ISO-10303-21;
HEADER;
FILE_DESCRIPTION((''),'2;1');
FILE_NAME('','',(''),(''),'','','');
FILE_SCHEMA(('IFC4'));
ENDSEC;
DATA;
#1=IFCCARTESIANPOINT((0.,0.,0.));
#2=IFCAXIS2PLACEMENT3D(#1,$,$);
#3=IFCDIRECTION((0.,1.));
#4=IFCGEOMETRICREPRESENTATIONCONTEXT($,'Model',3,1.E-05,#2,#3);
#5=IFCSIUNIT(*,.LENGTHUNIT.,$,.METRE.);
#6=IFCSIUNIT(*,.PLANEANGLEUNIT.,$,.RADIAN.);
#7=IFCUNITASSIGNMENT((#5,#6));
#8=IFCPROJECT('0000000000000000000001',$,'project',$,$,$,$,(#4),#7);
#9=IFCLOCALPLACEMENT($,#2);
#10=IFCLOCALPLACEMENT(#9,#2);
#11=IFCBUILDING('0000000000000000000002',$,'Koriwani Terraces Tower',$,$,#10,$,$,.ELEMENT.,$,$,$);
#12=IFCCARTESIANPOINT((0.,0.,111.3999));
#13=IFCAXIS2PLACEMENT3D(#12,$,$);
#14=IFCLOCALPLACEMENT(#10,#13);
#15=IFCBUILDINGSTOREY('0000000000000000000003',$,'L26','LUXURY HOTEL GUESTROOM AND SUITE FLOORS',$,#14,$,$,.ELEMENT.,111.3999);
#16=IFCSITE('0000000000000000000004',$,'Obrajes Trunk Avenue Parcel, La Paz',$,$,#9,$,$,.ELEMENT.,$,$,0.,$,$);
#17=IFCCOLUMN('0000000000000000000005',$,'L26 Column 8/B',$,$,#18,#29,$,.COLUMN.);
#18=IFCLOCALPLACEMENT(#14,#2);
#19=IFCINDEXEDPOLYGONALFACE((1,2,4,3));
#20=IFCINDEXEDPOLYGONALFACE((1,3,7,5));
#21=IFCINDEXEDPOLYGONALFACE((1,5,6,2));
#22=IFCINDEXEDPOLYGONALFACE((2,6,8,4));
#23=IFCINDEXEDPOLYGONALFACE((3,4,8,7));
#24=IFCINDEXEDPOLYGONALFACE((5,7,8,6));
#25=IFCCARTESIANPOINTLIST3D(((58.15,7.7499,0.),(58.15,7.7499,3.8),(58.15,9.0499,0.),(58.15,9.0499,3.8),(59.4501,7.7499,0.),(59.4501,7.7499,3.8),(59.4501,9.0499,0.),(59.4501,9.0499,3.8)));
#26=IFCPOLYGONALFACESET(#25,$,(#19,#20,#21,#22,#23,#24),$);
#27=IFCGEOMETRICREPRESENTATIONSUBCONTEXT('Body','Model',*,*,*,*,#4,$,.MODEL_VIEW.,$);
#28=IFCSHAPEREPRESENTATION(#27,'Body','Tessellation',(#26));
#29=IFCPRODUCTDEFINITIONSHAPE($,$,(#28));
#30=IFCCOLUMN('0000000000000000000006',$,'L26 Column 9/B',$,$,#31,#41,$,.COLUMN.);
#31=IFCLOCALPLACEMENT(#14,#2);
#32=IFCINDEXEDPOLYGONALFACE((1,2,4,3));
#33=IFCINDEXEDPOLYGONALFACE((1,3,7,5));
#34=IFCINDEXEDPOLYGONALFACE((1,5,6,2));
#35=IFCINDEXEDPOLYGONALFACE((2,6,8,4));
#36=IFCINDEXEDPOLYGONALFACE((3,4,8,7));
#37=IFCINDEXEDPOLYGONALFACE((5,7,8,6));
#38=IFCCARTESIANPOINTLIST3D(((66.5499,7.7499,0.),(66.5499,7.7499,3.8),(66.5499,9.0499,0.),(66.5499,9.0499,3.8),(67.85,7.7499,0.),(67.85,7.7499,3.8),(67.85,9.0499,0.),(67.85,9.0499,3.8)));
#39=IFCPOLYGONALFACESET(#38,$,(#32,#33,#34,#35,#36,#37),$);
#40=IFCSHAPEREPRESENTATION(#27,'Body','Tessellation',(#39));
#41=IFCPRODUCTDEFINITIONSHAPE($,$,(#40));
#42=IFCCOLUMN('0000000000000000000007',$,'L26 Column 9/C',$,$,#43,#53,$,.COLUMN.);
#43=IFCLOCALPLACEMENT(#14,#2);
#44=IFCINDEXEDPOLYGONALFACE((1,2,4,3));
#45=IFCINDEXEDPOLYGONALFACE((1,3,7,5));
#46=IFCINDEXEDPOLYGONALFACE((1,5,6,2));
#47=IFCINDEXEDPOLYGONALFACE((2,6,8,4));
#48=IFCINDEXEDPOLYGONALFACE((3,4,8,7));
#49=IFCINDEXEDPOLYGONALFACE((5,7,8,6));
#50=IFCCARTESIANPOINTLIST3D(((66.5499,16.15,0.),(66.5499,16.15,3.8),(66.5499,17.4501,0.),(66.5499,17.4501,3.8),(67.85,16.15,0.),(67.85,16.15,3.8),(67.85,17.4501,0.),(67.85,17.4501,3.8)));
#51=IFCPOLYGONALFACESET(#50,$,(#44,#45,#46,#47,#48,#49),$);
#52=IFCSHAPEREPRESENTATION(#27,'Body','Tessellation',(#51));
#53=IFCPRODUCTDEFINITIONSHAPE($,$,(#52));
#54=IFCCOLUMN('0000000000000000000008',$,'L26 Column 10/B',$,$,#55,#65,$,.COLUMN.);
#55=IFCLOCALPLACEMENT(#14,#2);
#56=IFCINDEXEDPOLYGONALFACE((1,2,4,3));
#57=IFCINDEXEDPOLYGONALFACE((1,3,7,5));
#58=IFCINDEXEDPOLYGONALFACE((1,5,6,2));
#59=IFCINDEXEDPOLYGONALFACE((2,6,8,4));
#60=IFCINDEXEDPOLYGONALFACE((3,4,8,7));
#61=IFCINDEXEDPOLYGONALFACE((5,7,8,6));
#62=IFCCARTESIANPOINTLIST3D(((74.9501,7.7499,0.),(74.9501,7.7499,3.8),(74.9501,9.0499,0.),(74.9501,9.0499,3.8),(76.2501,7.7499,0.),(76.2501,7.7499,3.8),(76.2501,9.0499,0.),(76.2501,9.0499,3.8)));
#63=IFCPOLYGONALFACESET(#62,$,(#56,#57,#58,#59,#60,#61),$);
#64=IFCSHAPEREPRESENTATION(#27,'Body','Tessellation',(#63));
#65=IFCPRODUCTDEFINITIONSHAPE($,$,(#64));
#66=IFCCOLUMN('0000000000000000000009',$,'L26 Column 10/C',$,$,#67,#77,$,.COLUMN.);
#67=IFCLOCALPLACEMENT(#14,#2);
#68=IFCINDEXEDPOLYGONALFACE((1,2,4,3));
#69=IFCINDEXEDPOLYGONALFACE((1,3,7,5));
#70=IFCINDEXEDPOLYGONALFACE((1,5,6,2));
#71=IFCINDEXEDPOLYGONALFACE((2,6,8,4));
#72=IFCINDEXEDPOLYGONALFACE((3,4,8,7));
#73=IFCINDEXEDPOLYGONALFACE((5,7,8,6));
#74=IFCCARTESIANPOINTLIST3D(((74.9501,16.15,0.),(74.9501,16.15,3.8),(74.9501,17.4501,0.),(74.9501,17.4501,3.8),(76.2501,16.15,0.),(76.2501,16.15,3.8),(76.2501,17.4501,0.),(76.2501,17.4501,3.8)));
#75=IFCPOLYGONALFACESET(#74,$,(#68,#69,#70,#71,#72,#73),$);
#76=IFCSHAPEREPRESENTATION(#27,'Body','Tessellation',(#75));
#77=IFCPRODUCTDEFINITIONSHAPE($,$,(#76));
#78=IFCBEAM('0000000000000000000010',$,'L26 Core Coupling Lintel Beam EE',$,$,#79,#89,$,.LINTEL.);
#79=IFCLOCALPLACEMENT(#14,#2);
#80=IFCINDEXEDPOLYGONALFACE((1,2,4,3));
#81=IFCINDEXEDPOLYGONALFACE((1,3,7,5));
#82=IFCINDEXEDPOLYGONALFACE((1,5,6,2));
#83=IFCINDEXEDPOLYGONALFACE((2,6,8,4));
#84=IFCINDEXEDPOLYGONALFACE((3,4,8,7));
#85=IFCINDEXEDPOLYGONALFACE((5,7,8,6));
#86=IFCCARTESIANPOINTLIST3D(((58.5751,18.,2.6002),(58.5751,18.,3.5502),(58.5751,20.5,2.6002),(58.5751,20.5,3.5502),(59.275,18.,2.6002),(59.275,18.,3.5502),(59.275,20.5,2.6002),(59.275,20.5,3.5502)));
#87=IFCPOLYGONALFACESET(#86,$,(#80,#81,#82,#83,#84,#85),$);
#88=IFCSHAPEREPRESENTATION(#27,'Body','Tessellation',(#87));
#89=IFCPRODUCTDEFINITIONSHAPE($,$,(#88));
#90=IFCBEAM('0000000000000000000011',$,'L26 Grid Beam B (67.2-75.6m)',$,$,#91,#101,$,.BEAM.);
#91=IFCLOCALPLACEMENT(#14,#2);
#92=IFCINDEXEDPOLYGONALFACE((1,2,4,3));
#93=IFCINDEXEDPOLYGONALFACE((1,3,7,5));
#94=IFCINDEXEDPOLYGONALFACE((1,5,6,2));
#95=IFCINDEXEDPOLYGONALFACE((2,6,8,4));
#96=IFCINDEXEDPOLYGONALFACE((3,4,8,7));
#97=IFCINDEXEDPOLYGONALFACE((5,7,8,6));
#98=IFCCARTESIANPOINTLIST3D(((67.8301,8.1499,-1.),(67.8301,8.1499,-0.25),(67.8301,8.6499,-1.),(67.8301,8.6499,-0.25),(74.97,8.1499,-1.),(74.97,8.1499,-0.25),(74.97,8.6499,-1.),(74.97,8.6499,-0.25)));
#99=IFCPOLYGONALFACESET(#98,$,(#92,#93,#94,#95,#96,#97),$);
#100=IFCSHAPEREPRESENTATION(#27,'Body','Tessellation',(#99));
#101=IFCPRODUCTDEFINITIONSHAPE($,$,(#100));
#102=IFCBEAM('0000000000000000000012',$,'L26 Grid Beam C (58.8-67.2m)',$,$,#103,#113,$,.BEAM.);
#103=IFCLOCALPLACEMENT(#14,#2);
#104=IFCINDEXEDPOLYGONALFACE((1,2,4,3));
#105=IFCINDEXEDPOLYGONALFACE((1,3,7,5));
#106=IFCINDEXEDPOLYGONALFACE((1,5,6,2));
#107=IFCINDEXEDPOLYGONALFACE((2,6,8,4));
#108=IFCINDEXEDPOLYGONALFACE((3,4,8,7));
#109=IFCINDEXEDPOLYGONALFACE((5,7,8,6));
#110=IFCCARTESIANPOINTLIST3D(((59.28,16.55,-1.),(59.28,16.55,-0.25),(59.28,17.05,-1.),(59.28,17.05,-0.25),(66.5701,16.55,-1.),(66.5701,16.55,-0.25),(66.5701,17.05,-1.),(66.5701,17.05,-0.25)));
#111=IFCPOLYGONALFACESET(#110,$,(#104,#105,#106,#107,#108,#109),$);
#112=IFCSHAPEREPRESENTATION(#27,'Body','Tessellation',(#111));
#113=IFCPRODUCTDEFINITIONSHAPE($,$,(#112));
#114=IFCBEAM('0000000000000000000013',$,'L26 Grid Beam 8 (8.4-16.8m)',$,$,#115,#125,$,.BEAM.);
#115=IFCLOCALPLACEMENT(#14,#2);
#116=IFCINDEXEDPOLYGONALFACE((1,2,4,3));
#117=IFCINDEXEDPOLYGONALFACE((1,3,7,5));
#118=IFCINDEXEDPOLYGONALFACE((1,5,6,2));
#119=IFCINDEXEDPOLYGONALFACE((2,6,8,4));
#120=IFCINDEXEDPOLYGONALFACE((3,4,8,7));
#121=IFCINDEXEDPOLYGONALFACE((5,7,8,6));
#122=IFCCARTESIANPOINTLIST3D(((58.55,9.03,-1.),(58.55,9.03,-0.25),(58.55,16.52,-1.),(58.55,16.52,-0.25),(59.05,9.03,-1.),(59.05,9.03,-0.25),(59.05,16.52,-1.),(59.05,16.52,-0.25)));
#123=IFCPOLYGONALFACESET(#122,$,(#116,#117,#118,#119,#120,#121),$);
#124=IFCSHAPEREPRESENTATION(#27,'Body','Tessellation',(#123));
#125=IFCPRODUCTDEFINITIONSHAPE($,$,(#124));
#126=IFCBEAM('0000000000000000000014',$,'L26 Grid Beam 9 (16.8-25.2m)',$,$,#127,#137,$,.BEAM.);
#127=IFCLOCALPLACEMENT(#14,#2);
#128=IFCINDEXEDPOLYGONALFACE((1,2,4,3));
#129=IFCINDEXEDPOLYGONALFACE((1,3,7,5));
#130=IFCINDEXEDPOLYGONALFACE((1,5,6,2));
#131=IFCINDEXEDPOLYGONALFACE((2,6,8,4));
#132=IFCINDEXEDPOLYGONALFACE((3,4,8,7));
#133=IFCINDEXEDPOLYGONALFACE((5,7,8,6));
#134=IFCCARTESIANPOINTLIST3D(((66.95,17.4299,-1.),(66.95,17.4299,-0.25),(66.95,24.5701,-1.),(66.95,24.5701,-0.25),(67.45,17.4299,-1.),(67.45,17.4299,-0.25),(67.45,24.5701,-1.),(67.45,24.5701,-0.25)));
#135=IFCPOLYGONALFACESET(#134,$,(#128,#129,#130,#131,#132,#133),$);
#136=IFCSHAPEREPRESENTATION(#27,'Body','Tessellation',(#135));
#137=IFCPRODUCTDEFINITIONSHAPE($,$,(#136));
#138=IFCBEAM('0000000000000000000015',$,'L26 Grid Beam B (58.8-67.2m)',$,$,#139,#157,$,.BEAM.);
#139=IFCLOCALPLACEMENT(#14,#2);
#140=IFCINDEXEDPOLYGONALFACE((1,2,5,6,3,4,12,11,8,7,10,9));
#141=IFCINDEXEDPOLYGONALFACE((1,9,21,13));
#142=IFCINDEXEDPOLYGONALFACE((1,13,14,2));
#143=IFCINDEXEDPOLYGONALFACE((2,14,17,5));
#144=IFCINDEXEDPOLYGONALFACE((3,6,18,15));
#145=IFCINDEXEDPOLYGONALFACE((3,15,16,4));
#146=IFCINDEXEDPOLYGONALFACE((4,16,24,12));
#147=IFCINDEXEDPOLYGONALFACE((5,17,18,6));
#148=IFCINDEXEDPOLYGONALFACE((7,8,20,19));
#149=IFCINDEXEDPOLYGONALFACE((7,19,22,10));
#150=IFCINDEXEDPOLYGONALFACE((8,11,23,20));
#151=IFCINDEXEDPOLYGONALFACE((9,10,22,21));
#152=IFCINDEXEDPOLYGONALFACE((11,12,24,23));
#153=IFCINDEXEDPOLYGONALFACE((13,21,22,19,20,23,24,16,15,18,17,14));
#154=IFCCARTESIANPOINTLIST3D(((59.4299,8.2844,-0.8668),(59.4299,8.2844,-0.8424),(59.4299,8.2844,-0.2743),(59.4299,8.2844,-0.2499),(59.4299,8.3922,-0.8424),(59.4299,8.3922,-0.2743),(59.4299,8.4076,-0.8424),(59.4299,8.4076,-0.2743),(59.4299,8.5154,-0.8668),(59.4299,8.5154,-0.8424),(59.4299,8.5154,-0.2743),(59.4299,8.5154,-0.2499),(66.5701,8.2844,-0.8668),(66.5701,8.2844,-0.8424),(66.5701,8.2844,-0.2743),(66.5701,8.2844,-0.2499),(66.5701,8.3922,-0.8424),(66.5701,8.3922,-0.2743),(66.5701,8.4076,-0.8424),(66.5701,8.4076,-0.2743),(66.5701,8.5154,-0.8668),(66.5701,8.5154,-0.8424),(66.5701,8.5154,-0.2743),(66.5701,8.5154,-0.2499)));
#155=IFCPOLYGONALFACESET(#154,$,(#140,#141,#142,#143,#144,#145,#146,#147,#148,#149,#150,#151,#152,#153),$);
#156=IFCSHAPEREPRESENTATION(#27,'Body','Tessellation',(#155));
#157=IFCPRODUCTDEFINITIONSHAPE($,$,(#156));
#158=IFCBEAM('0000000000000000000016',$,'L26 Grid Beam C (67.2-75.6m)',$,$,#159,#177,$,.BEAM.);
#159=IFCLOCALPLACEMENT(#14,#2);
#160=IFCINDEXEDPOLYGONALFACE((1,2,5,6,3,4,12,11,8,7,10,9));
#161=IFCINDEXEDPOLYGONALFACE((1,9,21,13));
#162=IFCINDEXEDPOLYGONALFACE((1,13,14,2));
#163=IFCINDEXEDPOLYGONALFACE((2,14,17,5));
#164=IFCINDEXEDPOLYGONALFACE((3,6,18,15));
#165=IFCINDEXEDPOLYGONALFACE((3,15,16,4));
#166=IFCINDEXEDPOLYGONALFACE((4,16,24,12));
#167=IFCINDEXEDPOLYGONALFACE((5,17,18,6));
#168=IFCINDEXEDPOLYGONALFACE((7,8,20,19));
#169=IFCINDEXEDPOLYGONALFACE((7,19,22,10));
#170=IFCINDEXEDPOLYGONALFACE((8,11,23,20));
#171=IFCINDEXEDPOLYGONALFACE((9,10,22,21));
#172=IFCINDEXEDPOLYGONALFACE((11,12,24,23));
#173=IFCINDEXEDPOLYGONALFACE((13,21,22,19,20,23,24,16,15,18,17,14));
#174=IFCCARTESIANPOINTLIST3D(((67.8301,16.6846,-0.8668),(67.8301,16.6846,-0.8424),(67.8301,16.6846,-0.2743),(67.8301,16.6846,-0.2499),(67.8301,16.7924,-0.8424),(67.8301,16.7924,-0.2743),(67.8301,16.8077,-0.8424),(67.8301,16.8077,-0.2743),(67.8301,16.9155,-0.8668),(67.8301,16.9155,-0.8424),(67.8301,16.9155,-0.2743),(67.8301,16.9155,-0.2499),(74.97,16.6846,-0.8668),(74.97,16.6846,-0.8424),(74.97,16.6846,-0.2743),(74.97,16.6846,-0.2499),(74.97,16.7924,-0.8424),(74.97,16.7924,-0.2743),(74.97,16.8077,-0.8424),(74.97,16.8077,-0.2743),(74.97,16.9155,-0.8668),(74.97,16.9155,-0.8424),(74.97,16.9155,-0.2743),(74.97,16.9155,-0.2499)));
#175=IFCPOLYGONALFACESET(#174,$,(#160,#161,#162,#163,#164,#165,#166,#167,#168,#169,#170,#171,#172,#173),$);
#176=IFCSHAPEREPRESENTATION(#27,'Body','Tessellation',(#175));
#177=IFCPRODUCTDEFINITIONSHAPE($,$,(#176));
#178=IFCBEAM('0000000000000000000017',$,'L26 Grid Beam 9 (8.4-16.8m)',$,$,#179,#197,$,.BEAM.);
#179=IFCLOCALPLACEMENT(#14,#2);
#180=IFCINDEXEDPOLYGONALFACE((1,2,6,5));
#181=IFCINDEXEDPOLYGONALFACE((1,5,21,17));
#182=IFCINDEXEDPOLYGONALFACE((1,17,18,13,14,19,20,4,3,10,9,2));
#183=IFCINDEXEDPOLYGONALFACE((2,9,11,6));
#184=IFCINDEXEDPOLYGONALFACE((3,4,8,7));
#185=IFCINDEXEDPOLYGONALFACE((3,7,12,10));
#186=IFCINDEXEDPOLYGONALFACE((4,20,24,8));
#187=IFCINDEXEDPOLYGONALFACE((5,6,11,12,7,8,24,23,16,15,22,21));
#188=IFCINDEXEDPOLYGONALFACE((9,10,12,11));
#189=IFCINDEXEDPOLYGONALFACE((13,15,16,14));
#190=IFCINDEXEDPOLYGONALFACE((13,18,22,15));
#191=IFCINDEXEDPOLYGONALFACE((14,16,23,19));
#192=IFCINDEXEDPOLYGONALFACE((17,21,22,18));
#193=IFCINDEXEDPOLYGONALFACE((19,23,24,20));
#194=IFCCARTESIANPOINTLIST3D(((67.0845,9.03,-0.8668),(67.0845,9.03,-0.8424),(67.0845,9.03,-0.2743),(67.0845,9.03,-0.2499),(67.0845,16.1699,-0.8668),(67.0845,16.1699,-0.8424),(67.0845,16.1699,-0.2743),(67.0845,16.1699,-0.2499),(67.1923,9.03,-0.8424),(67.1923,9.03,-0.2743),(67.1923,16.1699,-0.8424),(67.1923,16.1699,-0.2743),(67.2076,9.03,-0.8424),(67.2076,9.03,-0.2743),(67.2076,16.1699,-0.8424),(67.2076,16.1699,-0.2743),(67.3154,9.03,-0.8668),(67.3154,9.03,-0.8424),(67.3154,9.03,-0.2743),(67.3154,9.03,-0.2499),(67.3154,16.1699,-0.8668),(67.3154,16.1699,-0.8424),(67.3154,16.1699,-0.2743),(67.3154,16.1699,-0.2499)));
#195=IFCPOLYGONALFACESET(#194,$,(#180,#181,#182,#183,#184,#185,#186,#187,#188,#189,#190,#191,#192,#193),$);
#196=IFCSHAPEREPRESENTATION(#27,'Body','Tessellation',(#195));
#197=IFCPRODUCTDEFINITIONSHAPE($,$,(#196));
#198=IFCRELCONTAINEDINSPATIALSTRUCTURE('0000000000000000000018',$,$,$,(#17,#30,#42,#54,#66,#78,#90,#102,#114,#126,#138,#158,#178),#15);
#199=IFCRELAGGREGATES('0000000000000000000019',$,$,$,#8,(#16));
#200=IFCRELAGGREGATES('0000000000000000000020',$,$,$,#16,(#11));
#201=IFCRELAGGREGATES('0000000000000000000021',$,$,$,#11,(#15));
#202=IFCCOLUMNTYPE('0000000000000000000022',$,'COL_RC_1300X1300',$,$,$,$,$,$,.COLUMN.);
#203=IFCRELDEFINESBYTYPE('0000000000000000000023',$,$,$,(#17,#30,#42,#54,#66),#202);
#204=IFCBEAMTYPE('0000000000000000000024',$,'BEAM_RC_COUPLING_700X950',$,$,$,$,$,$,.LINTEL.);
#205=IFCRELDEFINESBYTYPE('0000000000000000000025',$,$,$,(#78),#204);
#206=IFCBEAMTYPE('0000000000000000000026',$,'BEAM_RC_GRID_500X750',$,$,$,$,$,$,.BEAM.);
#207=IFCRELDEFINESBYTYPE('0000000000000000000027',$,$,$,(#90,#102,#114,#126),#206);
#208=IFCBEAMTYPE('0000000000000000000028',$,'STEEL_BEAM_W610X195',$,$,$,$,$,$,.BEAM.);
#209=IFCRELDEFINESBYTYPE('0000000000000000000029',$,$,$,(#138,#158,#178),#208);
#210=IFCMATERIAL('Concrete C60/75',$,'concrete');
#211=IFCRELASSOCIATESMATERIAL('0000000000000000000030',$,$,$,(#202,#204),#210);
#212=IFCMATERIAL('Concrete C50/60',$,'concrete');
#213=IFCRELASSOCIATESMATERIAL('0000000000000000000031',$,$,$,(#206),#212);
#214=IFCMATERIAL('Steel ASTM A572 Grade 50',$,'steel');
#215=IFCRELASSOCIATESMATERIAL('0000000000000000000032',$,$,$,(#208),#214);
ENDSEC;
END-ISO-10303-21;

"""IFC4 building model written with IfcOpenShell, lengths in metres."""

from ifc_helpers import new_model, si_unit, direction, frame, origin, origin_2d, place, context, subcontext, project, spatial, rectangle, i_section, extrude, material, material_profile, profile_set, type_object, element, save


model = new_model("IFC4")

# Units and contexts
model_context = context("Model", 3, precision=1e-05, world=origin(), true_north=direction((0.0, 1.0)))
body_context = subcontext(model_context, "Body", "Model", "MODEL_VIEW")
ifc_project = project(units=[si_unit("LENGTHUNIT", "METRE"), si_unit("PLANEANGLEUNIT", "RADIAN")], contexts=[model_context])

# Site, building, storey
site_placement = place(None, origin())
site = spatial("IfcSite", under=ifc_project, at=site_placement, Name="Obrajes Trunk Avenue Parcel, La Paz", CompositionType="ELEMENT", RefElevation=0.0)
building_placement = place(site_placement, origin())
building = spatial("IfcBuilding", under=site, at=building_placement, Name="Koriwani Terraces Tower", CompositionType="ELEMENT")
storey_placement = place(building_placement, frame((0.0, 0.0, 111.3999)))
storey = spatial("IfcBuildingStorey", under=building, at=storey_placement, Name="L26", Description="LUXURY HOTEL GUESTROOM AND SUITE FLOORS", CompositionType="ELEMENT", Elevation=111.3999)

# Columns
ifc_material_1 = material(Name="Concrete C60/75", Category="concrete")
ifc_material_profile_1 = material_profile(ifc_material_1, rectangle(XDim=1.3, YDim=1.3, at=origin_2d()), Name="Concrete C60/75", Category="LoadBearing")
ifc_profile_set_1 = profile_set([ifc_material_profile_1], Name="Concrete C60/75")
column_type = type_object("IfcColumnType", Name="COL_RC_1300X1300", PredefinedType="COLUMN", material=ifc_profile_set_1)
for number, where, z_axis, x_axis, name in (
    (1, (58.8, 8.3999, 0.0), (0.0, 0.0, 1.0), (1.0, 0.0, 0.0), "L26 Column 8/B"),
    (2, (67.2, 8.3999, 0.0), (0.0, 0.0, 1.0), (1.0, 0.0, 0.0), "L26 Column 9/B"),
    (3, (67.2, 16.8, 0.0), (0.0, 0.0, 1.0), (1.0, 0.0, 0.0), "L26 Column 9/C"),
    (4, (75.6001, 8.3999, 0.0), (0.0, 0.0, 1.0), (1.0, 0.0, 0.0), "L26 Column 10/B"),
    (5, (75.6001, 16.8, 0.0), (0.0, 0.0, 1.0), (1.0, 0.0, 0.0), "L26 Column 10/C"),
):
    element("IfcColumn", number, at=place(storey_placement, frame(where, z_axis=z_axis, x_axis=x_axis)), inside=storey, type_object=column_type, Name=name, PredefinedType="COLUMN", context=body_context, shape_type="SweptSolid", body=[
        extrude(rectangle(XDim=1.3, YDim=1.3, at=origin_2d()), origin(), (0.0, 0.0, 1.0), 3.8),
    ])

# Beams
ifc_material_profile_2 = material_profile(ifc_material_1, rectangle(XDim=0.7, YDim=0.95, at=origin_2d()), Name="Concrete C60/75", Category="LoadBearing")
ifc_profile_set_2 = profile_set([ifc_material_profile_2], Name="Concrete C60/75")
beam_type_1 = type_object("IfcBeamType", Name="BEAM_RC_COUPLING_700X950", PredefinedType="LINTEL", material=ifc_profile_set_2)
beam_1_placement = place(storey_placement, frame((58.925, 18.0, 3.0752), z_axis=(0.0, 1.0, 0.0), x_axis=(-1.0, 0.0, 0.0)))
element("IfcBeam", 6, at=beam_1_placement, inside=storey, type_object=beam_type_1, Name="L26 Core Coupling Lintel Beam EE", PredefinedType="LINTEL", context=body_context, shape_type="SweptSolid", body=[
    extrude(rectangle(XDim=0.7, YDim=0.95, at=origin_2d()), origin(), (0.0, 0.0, 1.0), 2.5),
])
ifc_material_2 = material(Name="Concrete C50/60", Category="concrete")
ifc_material_profile_3 = material_profile(ifc_material_2, rectangle(XDim=0.5, YDim=0.75, at=origin_2d()), Name="Concrete C50/60", Category="LoadBearing")
ifc_profile_set_3 = profile_set([ifc_material_profile_3], Name="Concrete C50/60")
beam_type_2 = type_object("IfcBeamType", Name="BEAM_RC_GRID_500X750", PredefinedType="BEAM", material=ifc_profile_set_3)
beam_2_placement = place(storey_placement, frame((67.8301, 8.3999, -0.625), z_axis=(1.0, 0.0, 0.0), x_axis=(0.0, 1.0, 0.0)))
element("IfcBeam", 7, at=beam_2_placement, inside=storey, type_object=beam_type_2, Name="L26 Grid Beam B (67.2-75.6m)", PredefinedType="BEAM", context=body_context, shape_type="SweptSolid", body=[
    extrude(rectangle(XDim=0.5, YDim=0.75, at=origin_2d()), origin(), (0.0, 0.0, 1.0), 7.1399),
])
beam_3_placement = place(storey_placement, frame((59.28, 16.8, -0.625), z_axis=(1.0, 0.0, 0.0), x_axis=(0.0, 1.0, 0.0)))
element("IfcBeam", 8, at=beam_3_placement, inside=storey, type_object=beam_type_2, Name="L26 Grid Beam C (58.8-67.2m)", PredefinedType="BEAM", context=body_context, shape_type="SweptSolid", body=[
    extrude(rectangle(XDim=0.5, YDim=0.75, at=origin_2d()), origin(), (0.0, 0.0, 1.0), 7.29),
])
beam_4_placement = place(storey_placement, frame((58.8, 9.03, -0.625), z_axis=(0.0, 1.0, 0.0), x_axis=(-1.0, 0.0, 0.0)))
element("IfcBeam", 9, at=beam_4_placement, inside=storey, type_object=beam_type_2, Name="L26 Grid Beam 8 (8.4-16.8m)", PredefinedType="BEAM", context=body_context, shape_type="SweptSolid", body=[
    extrude(rectangle(XDim=0.5, YDim=0.75, at=origin_2d()), origin(), (0.0, 0.0, 1.0), 7.49),
])
beam_5_placement = place(storey_placement, frame((67.2, 17.4299, -0.625), z_axis=(0.0, 1.0, 0.0), x_axis=(-1.0, 0.0, 0.0)))
element("IfcBeam", 10, at=beam_5_placement, inside=storey, type_object=beam_type_2, Name="L26 Grid Beam 9 (16.8-25.2m)", PredefinedType="BEAM", context=body_context, shape_type="SweptSolid", body=[
    extrude(rectangle(XDim=0.5, YDim=0.75, at=origin_2d()), origin(), (0.0, 0.0, 1.0), 7.1401),
])
ifc_material_3 = material(Name="Steel ASTM A572 Grade 50", Category="steel")
ifc_material_profile_4 = material_profile(ifc_material_3, i_section(OverallWidth=0.231, OverallDepth=0.6169, WebThickness=0.0154, FlangeThickness=0.0244, at=origin_2d()), Name="Steel ASTM A572 Grade 50", Category="LoadBearing")
ifc_profile_set_4 = profile_set([ifc_material_profile_4], Name="Steel ASTM A572 Grade 50")
beam_type_3 = type_object("IfcBeamType", Name="STEEL_BEAM_W610X195", PredefinedType="BEAM", material=ifc_profile_set_4)
beam_6_placement = place(storey_placement, frame((59.4299, 8.3999, -0.5583), z_axis=(1.0, 0.0, 0.0), x_axis=(0.0, 1.0, 0.0)))
element("IfcBeam", 11, at=beam_6_placement, inside=storey, type_object=beam_type_3, Name="L26 Grid Beam B (58.8-67.2m)", PredefinedType="BEAM", context=body_context, shape_type="SweptSolid", body=[
    extrude(i_section(OverallWidth=0.231, OverallDepth=0.6169, WebThickness=0.0154, FlangeThickness=0.0244, at=origin_2d()), origin(), (0.0, 0.0, 1.0), 7.1401),
])
for number, where, z_axis, x_axis, name in (
    (12, (67.8301, 16.8, -0.5583), (1.0, 0.0, 0.0), (0.0, 1.0, 0.0), "L26 Grid Beam C (67.2-75.6m)"),
    (13, (67.2, 9.03, -0.5583), (0.0, 1.0, 0.0), (-1.0, 0.0, 0.0), "L26 Grid Beam 9 (8.4-16.8m)"),
):
    element("IfcBeam", number, at=place(storey_placement, frame(where, z_axis=z_axis, x_axis=x_axis)), inside=storey, type_object=beam_type_3, Name=name, PredefinedType="BEAM", context=body_context, shape_type="SweptSolid", body=[
        extrude(i_section(OverallWidth=0.231, OverallDepth=0.6169, WebThickness=0.0154, FlangeThickness=0.0244, at=origin_2d()), origin(), (0.0, 0.0, 1.0), 7.1399),
    ])

save(model, "model.ifc")
